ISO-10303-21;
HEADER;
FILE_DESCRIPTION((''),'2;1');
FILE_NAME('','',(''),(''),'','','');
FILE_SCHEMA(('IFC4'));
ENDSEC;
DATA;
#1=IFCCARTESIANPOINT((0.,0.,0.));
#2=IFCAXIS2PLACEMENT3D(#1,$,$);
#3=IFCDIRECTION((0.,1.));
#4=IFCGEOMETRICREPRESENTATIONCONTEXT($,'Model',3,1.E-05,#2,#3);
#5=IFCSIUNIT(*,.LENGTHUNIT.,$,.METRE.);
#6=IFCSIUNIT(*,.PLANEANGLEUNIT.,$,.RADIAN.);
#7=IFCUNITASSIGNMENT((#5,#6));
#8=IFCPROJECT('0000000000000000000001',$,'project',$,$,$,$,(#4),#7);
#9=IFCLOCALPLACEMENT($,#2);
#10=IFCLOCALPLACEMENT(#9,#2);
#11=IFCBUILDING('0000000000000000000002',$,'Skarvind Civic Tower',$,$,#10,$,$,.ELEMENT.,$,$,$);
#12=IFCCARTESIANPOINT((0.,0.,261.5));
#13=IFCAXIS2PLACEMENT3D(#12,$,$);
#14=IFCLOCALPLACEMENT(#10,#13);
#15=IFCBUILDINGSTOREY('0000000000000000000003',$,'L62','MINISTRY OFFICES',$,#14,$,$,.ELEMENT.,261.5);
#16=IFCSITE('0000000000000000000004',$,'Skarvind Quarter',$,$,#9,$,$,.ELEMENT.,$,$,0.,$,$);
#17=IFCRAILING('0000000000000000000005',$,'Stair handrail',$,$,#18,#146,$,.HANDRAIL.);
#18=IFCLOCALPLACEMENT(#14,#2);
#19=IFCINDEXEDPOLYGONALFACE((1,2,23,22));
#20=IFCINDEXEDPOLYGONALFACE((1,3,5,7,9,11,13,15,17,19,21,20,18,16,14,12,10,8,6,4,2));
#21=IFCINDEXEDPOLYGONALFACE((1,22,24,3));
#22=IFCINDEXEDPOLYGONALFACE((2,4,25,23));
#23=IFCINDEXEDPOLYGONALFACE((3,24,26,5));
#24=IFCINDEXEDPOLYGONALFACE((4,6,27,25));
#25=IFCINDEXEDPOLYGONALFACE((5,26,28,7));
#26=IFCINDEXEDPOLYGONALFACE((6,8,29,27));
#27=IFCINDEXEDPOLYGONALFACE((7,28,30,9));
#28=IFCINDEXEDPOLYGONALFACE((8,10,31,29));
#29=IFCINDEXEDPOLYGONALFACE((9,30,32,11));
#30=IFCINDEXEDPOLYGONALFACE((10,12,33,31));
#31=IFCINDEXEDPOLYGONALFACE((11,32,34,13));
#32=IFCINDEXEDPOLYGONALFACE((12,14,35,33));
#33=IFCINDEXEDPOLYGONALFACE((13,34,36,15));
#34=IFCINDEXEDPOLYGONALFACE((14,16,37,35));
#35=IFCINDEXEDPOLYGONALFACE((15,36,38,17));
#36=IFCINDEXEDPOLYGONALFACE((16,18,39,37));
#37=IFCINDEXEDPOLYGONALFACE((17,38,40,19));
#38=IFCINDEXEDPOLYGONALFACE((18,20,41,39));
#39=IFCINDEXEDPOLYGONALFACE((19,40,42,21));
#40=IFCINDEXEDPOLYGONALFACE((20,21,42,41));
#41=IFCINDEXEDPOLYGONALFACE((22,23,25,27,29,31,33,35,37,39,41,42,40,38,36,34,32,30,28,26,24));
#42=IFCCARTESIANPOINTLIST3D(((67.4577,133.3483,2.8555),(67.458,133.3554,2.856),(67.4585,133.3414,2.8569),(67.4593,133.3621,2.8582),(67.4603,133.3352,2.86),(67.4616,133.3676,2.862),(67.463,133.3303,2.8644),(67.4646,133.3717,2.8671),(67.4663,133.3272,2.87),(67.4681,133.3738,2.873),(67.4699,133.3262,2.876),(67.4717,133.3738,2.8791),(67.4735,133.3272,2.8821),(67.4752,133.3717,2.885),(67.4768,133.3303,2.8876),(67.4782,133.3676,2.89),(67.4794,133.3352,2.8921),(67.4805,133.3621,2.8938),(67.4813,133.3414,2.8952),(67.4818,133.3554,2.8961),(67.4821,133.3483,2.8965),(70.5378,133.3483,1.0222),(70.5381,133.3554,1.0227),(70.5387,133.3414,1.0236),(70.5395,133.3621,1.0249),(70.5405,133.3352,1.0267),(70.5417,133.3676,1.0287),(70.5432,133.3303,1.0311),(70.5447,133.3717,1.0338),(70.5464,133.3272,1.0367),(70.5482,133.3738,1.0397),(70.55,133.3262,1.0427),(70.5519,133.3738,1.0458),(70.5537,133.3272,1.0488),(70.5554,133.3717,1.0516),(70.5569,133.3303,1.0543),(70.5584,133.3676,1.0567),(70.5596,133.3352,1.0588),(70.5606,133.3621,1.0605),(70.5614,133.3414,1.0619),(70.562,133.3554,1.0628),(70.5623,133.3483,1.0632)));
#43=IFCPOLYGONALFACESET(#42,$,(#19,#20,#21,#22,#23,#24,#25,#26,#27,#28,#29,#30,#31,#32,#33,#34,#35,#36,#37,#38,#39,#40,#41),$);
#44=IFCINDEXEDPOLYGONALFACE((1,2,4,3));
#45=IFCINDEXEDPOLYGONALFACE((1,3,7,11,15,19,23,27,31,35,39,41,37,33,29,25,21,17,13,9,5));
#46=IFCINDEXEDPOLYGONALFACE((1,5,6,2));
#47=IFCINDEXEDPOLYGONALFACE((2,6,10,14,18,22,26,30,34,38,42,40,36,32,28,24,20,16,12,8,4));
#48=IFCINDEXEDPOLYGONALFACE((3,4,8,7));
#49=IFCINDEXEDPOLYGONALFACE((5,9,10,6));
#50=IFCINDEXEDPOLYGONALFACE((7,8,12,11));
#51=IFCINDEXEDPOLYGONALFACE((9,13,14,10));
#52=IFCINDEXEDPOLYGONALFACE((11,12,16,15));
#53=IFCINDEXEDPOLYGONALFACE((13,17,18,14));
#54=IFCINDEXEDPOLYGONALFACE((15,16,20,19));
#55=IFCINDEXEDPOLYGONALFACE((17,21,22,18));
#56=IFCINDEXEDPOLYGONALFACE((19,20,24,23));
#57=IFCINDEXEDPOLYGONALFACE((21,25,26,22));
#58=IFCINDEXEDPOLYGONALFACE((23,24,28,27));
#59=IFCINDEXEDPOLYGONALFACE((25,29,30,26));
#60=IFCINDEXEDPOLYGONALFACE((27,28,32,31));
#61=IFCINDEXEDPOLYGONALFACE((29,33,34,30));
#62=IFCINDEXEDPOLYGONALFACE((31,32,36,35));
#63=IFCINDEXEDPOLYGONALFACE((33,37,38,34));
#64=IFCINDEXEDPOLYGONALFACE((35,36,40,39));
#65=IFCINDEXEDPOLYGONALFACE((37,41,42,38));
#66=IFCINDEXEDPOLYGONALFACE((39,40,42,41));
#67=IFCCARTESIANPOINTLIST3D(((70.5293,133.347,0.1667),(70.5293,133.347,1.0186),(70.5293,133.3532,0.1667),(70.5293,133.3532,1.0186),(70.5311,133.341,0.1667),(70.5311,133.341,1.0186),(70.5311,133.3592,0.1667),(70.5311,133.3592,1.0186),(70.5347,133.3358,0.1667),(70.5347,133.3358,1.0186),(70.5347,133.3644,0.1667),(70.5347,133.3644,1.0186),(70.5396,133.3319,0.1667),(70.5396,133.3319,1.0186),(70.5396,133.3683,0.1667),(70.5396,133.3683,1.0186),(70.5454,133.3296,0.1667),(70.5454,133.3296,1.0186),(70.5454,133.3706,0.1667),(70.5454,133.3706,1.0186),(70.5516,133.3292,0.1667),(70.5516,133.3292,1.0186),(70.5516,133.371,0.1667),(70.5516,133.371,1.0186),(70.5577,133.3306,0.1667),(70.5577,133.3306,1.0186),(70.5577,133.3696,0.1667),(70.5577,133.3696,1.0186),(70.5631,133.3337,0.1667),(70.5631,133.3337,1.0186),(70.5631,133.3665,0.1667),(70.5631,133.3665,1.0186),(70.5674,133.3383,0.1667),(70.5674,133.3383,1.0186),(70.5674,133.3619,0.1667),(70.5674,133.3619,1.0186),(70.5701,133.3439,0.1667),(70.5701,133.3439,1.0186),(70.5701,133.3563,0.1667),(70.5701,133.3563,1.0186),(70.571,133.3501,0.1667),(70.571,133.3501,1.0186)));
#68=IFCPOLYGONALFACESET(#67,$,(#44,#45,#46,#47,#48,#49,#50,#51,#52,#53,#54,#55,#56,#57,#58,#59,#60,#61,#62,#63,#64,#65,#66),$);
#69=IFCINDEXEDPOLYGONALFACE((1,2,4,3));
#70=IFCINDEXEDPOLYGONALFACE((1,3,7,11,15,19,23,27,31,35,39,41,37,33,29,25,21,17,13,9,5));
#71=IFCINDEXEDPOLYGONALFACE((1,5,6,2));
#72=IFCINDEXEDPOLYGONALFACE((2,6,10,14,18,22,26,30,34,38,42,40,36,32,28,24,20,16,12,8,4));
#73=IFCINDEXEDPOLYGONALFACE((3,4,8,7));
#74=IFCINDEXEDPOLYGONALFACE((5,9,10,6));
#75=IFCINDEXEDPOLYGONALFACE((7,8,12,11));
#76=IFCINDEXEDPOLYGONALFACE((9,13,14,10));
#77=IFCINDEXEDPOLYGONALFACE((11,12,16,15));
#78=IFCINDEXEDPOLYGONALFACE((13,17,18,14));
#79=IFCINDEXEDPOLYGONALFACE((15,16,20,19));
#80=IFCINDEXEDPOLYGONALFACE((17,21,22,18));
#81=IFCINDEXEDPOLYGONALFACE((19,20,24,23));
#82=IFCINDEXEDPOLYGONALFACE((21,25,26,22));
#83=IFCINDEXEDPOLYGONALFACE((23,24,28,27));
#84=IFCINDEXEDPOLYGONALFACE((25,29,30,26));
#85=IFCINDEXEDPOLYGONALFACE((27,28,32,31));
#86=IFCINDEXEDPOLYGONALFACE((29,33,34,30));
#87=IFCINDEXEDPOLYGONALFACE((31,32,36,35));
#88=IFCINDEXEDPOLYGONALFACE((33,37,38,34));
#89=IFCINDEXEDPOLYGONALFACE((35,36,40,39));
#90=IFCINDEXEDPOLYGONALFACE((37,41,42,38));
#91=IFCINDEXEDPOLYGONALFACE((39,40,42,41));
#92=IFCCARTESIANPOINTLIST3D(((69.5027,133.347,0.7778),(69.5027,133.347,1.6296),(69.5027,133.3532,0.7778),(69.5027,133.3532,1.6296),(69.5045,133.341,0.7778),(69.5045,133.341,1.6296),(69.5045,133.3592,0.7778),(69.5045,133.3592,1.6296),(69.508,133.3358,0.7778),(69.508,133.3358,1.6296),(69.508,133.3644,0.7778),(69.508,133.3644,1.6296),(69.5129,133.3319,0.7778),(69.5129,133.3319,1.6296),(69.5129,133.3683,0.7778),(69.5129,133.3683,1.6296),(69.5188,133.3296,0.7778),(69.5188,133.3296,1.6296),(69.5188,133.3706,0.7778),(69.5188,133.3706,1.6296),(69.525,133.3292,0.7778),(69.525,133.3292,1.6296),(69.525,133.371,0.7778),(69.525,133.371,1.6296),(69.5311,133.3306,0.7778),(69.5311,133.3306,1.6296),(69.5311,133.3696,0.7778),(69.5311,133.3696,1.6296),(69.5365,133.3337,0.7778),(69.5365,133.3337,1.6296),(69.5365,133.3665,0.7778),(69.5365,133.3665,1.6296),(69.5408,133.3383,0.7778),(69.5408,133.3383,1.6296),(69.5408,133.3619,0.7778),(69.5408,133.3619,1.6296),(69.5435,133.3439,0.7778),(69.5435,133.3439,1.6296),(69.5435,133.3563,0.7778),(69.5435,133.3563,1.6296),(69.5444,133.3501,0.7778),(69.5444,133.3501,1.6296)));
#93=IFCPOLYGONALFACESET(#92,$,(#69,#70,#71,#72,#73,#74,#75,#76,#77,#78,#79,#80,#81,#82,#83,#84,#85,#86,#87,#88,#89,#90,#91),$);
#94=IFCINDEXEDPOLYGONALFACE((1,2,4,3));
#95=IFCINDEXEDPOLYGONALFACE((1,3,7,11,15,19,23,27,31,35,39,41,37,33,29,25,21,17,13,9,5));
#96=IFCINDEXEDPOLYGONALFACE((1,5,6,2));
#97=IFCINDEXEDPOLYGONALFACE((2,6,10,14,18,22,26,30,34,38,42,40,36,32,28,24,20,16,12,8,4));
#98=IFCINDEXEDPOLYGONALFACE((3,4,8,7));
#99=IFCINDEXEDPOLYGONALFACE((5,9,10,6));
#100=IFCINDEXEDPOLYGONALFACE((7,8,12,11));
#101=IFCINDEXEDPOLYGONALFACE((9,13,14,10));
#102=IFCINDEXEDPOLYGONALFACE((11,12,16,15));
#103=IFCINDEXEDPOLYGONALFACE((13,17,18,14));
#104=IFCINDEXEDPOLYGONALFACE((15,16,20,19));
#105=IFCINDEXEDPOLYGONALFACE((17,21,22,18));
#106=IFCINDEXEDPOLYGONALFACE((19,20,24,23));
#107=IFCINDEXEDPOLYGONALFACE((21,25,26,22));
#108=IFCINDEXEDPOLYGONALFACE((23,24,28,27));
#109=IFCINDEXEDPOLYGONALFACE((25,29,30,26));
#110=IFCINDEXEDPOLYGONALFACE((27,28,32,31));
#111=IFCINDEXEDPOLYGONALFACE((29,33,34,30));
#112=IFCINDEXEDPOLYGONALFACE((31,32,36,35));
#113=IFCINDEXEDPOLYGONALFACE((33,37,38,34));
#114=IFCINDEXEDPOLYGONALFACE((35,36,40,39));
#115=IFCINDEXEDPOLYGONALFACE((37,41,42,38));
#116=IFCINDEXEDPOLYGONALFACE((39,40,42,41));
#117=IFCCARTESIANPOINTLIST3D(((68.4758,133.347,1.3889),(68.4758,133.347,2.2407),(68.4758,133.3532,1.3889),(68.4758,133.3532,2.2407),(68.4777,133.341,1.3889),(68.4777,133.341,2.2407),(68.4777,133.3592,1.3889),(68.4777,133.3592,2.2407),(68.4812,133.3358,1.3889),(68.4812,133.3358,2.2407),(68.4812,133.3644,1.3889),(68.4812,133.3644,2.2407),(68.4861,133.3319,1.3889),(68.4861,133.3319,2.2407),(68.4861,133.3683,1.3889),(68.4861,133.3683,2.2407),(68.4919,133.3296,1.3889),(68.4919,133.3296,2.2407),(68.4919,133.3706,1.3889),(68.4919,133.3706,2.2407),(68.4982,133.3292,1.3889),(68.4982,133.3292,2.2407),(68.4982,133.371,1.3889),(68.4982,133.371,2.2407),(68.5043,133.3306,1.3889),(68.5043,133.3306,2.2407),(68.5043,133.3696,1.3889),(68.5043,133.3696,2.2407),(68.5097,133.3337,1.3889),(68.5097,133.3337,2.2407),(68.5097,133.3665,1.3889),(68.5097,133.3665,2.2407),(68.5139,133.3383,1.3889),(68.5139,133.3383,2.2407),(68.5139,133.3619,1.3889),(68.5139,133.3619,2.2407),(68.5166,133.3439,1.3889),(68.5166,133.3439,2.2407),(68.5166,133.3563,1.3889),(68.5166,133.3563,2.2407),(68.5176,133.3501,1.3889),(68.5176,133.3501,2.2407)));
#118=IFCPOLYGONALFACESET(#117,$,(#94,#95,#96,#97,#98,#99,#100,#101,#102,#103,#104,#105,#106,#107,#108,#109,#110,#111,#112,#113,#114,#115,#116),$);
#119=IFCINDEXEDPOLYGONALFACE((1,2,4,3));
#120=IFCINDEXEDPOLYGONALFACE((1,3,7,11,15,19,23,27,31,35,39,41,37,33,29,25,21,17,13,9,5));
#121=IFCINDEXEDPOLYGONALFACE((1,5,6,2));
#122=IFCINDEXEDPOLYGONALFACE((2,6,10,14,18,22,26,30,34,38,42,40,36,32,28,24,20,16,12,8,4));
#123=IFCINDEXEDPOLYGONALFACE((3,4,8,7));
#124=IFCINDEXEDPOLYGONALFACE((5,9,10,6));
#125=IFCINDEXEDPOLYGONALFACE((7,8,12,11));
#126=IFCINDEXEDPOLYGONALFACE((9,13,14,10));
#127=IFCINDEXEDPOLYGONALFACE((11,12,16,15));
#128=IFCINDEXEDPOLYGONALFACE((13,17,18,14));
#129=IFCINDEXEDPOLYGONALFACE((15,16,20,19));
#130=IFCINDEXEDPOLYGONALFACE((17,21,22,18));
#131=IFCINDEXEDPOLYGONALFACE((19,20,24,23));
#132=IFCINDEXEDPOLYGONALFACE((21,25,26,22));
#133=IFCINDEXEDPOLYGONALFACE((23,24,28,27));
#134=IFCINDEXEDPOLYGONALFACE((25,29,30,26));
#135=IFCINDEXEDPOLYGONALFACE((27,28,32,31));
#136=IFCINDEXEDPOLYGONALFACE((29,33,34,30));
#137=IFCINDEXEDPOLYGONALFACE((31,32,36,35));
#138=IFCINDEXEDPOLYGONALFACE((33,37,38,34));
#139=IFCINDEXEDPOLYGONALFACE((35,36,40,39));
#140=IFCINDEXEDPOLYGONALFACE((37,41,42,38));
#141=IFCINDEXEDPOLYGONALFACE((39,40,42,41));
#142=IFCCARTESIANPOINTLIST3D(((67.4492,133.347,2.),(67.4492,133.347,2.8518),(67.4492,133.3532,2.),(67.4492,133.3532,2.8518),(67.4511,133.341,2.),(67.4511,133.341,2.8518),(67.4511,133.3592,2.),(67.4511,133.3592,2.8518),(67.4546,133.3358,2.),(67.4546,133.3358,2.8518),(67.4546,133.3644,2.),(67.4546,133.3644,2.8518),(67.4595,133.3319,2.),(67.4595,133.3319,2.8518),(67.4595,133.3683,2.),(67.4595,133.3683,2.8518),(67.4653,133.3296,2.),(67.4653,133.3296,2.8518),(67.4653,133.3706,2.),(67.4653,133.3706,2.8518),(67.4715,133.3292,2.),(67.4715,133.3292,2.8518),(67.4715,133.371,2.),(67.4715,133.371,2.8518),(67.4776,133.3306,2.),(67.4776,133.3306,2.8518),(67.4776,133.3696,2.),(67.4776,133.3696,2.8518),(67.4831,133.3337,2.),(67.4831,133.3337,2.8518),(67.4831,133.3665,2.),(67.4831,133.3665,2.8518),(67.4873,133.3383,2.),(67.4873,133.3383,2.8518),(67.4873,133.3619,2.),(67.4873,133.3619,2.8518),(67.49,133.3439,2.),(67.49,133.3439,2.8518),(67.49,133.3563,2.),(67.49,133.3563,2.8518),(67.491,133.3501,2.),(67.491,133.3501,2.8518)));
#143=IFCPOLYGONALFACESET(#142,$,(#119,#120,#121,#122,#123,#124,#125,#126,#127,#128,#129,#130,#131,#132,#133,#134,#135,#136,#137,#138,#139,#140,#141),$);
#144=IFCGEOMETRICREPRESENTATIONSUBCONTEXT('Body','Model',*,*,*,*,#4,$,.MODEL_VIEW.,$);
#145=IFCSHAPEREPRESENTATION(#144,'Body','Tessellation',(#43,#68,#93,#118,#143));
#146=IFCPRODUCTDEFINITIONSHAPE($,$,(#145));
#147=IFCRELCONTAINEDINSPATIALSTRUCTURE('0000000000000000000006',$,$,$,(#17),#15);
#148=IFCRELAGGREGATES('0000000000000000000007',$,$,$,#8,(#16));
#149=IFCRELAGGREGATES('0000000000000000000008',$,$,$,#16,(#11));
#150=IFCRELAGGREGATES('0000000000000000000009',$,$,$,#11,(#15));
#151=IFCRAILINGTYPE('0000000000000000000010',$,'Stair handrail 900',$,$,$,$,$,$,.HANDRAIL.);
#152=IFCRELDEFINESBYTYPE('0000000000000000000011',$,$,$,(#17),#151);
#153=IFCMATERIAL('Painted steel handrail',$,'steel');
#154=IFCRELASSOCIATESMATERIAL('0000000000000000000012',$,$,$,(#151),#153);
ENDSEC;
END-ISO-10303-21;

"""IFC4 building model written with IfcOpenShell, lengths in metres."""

from ifc_helpers import new_model, si_unit, direction, frame, origin, origin_2d, place, context, subcontext, project, spatial, circle, extrude, material, type_object, element, save


model = new_model("IFC4")

# Units and contexts
model_context = context("Model", 3, precision=1e-05, world=origin(), true_north=direction((0.0, 1.0)))
body_context = subcontext(model_context, "Body", "Model", "MODEL_VIEW")
ifc_project = project(units=[si_unit("LENGTHUNIT", "METRE"), si_unit("PLANEANGLEUNIT", "RADIAN")], contexts=[model_context])

# Site, building, storey
site_placement = place(None, origin())
site = spatial("IfcSite", under=ifc_project, at=site_placement, Name="Skarvind Quarter", CompositionType="ELEMENT", RefElevation=0.0)
building_placement = place(site_placement, origin())
building = spatial("IfcBuilding", under=site, at=building_placement, Name="Skarvind Civic Tower", CompositionType="ELEMENT")
storey_placement = place(building_placement, frame((0.0, 0.0, 261.5)))
storey = spatial("IfcBuildingStorey", under=building, at=storey_placement, Name="L62", Description="MINISTRY OFFICES", CompositionType="ELEMENT", Elevation=261.5)

# Railing
ifc_material_1 = material(Name="Painted steel handrail", Category="steel")
railing_type = type_object("IfcRailingType", Name="Stair handrail 900", PredefinedType="HANDRAIL", material=ifc_material_1)
railing_1_placement = place(storey_placement, frame((70.55, 133.3501, 0.1667)))
element("IfcRailing", 1, at=railing_1_placement, inside=storey, type_object=railing_type, Name="Stair handrail", PredefinedType="HANDRAIL", context=body_context, shape_type="SweptSolid", body=[
    extrude(circle(Radius=0.0239, at=origin_2d()), frame((0.0, 0.0, 0.876), z_axis=(-0.859309, 0.0, 0.511458), x_axis=(0.0, -1.0, 0.0)), (0.0, 0.0, 1.0), 3.5845),
    extrude(circle(Radius=0.021, at=origin_2d()), origin(), (0.0, 0.0, 1.0), 0.8518),
    extrude(circle(Radius=0.021, at=origin_2d()), frame((-1.0266, 0.0, 0.6111)), (0.0, 0.0, 1.0), 0.8518),
    extrude(circle(Radius=0.021, at=origin_2d()), frame((-2.0535, 0.0, 1.2222)), (0.0, 0.0, 1.0), 0.8518),
    extrude(circle(Radius=0.021, at=origin_2d()), frame((-3.0801, 0.0, 1.8333)), (0.0, 0.0, 1.0), 0.8518),
])

save(model, "model.ifc")
